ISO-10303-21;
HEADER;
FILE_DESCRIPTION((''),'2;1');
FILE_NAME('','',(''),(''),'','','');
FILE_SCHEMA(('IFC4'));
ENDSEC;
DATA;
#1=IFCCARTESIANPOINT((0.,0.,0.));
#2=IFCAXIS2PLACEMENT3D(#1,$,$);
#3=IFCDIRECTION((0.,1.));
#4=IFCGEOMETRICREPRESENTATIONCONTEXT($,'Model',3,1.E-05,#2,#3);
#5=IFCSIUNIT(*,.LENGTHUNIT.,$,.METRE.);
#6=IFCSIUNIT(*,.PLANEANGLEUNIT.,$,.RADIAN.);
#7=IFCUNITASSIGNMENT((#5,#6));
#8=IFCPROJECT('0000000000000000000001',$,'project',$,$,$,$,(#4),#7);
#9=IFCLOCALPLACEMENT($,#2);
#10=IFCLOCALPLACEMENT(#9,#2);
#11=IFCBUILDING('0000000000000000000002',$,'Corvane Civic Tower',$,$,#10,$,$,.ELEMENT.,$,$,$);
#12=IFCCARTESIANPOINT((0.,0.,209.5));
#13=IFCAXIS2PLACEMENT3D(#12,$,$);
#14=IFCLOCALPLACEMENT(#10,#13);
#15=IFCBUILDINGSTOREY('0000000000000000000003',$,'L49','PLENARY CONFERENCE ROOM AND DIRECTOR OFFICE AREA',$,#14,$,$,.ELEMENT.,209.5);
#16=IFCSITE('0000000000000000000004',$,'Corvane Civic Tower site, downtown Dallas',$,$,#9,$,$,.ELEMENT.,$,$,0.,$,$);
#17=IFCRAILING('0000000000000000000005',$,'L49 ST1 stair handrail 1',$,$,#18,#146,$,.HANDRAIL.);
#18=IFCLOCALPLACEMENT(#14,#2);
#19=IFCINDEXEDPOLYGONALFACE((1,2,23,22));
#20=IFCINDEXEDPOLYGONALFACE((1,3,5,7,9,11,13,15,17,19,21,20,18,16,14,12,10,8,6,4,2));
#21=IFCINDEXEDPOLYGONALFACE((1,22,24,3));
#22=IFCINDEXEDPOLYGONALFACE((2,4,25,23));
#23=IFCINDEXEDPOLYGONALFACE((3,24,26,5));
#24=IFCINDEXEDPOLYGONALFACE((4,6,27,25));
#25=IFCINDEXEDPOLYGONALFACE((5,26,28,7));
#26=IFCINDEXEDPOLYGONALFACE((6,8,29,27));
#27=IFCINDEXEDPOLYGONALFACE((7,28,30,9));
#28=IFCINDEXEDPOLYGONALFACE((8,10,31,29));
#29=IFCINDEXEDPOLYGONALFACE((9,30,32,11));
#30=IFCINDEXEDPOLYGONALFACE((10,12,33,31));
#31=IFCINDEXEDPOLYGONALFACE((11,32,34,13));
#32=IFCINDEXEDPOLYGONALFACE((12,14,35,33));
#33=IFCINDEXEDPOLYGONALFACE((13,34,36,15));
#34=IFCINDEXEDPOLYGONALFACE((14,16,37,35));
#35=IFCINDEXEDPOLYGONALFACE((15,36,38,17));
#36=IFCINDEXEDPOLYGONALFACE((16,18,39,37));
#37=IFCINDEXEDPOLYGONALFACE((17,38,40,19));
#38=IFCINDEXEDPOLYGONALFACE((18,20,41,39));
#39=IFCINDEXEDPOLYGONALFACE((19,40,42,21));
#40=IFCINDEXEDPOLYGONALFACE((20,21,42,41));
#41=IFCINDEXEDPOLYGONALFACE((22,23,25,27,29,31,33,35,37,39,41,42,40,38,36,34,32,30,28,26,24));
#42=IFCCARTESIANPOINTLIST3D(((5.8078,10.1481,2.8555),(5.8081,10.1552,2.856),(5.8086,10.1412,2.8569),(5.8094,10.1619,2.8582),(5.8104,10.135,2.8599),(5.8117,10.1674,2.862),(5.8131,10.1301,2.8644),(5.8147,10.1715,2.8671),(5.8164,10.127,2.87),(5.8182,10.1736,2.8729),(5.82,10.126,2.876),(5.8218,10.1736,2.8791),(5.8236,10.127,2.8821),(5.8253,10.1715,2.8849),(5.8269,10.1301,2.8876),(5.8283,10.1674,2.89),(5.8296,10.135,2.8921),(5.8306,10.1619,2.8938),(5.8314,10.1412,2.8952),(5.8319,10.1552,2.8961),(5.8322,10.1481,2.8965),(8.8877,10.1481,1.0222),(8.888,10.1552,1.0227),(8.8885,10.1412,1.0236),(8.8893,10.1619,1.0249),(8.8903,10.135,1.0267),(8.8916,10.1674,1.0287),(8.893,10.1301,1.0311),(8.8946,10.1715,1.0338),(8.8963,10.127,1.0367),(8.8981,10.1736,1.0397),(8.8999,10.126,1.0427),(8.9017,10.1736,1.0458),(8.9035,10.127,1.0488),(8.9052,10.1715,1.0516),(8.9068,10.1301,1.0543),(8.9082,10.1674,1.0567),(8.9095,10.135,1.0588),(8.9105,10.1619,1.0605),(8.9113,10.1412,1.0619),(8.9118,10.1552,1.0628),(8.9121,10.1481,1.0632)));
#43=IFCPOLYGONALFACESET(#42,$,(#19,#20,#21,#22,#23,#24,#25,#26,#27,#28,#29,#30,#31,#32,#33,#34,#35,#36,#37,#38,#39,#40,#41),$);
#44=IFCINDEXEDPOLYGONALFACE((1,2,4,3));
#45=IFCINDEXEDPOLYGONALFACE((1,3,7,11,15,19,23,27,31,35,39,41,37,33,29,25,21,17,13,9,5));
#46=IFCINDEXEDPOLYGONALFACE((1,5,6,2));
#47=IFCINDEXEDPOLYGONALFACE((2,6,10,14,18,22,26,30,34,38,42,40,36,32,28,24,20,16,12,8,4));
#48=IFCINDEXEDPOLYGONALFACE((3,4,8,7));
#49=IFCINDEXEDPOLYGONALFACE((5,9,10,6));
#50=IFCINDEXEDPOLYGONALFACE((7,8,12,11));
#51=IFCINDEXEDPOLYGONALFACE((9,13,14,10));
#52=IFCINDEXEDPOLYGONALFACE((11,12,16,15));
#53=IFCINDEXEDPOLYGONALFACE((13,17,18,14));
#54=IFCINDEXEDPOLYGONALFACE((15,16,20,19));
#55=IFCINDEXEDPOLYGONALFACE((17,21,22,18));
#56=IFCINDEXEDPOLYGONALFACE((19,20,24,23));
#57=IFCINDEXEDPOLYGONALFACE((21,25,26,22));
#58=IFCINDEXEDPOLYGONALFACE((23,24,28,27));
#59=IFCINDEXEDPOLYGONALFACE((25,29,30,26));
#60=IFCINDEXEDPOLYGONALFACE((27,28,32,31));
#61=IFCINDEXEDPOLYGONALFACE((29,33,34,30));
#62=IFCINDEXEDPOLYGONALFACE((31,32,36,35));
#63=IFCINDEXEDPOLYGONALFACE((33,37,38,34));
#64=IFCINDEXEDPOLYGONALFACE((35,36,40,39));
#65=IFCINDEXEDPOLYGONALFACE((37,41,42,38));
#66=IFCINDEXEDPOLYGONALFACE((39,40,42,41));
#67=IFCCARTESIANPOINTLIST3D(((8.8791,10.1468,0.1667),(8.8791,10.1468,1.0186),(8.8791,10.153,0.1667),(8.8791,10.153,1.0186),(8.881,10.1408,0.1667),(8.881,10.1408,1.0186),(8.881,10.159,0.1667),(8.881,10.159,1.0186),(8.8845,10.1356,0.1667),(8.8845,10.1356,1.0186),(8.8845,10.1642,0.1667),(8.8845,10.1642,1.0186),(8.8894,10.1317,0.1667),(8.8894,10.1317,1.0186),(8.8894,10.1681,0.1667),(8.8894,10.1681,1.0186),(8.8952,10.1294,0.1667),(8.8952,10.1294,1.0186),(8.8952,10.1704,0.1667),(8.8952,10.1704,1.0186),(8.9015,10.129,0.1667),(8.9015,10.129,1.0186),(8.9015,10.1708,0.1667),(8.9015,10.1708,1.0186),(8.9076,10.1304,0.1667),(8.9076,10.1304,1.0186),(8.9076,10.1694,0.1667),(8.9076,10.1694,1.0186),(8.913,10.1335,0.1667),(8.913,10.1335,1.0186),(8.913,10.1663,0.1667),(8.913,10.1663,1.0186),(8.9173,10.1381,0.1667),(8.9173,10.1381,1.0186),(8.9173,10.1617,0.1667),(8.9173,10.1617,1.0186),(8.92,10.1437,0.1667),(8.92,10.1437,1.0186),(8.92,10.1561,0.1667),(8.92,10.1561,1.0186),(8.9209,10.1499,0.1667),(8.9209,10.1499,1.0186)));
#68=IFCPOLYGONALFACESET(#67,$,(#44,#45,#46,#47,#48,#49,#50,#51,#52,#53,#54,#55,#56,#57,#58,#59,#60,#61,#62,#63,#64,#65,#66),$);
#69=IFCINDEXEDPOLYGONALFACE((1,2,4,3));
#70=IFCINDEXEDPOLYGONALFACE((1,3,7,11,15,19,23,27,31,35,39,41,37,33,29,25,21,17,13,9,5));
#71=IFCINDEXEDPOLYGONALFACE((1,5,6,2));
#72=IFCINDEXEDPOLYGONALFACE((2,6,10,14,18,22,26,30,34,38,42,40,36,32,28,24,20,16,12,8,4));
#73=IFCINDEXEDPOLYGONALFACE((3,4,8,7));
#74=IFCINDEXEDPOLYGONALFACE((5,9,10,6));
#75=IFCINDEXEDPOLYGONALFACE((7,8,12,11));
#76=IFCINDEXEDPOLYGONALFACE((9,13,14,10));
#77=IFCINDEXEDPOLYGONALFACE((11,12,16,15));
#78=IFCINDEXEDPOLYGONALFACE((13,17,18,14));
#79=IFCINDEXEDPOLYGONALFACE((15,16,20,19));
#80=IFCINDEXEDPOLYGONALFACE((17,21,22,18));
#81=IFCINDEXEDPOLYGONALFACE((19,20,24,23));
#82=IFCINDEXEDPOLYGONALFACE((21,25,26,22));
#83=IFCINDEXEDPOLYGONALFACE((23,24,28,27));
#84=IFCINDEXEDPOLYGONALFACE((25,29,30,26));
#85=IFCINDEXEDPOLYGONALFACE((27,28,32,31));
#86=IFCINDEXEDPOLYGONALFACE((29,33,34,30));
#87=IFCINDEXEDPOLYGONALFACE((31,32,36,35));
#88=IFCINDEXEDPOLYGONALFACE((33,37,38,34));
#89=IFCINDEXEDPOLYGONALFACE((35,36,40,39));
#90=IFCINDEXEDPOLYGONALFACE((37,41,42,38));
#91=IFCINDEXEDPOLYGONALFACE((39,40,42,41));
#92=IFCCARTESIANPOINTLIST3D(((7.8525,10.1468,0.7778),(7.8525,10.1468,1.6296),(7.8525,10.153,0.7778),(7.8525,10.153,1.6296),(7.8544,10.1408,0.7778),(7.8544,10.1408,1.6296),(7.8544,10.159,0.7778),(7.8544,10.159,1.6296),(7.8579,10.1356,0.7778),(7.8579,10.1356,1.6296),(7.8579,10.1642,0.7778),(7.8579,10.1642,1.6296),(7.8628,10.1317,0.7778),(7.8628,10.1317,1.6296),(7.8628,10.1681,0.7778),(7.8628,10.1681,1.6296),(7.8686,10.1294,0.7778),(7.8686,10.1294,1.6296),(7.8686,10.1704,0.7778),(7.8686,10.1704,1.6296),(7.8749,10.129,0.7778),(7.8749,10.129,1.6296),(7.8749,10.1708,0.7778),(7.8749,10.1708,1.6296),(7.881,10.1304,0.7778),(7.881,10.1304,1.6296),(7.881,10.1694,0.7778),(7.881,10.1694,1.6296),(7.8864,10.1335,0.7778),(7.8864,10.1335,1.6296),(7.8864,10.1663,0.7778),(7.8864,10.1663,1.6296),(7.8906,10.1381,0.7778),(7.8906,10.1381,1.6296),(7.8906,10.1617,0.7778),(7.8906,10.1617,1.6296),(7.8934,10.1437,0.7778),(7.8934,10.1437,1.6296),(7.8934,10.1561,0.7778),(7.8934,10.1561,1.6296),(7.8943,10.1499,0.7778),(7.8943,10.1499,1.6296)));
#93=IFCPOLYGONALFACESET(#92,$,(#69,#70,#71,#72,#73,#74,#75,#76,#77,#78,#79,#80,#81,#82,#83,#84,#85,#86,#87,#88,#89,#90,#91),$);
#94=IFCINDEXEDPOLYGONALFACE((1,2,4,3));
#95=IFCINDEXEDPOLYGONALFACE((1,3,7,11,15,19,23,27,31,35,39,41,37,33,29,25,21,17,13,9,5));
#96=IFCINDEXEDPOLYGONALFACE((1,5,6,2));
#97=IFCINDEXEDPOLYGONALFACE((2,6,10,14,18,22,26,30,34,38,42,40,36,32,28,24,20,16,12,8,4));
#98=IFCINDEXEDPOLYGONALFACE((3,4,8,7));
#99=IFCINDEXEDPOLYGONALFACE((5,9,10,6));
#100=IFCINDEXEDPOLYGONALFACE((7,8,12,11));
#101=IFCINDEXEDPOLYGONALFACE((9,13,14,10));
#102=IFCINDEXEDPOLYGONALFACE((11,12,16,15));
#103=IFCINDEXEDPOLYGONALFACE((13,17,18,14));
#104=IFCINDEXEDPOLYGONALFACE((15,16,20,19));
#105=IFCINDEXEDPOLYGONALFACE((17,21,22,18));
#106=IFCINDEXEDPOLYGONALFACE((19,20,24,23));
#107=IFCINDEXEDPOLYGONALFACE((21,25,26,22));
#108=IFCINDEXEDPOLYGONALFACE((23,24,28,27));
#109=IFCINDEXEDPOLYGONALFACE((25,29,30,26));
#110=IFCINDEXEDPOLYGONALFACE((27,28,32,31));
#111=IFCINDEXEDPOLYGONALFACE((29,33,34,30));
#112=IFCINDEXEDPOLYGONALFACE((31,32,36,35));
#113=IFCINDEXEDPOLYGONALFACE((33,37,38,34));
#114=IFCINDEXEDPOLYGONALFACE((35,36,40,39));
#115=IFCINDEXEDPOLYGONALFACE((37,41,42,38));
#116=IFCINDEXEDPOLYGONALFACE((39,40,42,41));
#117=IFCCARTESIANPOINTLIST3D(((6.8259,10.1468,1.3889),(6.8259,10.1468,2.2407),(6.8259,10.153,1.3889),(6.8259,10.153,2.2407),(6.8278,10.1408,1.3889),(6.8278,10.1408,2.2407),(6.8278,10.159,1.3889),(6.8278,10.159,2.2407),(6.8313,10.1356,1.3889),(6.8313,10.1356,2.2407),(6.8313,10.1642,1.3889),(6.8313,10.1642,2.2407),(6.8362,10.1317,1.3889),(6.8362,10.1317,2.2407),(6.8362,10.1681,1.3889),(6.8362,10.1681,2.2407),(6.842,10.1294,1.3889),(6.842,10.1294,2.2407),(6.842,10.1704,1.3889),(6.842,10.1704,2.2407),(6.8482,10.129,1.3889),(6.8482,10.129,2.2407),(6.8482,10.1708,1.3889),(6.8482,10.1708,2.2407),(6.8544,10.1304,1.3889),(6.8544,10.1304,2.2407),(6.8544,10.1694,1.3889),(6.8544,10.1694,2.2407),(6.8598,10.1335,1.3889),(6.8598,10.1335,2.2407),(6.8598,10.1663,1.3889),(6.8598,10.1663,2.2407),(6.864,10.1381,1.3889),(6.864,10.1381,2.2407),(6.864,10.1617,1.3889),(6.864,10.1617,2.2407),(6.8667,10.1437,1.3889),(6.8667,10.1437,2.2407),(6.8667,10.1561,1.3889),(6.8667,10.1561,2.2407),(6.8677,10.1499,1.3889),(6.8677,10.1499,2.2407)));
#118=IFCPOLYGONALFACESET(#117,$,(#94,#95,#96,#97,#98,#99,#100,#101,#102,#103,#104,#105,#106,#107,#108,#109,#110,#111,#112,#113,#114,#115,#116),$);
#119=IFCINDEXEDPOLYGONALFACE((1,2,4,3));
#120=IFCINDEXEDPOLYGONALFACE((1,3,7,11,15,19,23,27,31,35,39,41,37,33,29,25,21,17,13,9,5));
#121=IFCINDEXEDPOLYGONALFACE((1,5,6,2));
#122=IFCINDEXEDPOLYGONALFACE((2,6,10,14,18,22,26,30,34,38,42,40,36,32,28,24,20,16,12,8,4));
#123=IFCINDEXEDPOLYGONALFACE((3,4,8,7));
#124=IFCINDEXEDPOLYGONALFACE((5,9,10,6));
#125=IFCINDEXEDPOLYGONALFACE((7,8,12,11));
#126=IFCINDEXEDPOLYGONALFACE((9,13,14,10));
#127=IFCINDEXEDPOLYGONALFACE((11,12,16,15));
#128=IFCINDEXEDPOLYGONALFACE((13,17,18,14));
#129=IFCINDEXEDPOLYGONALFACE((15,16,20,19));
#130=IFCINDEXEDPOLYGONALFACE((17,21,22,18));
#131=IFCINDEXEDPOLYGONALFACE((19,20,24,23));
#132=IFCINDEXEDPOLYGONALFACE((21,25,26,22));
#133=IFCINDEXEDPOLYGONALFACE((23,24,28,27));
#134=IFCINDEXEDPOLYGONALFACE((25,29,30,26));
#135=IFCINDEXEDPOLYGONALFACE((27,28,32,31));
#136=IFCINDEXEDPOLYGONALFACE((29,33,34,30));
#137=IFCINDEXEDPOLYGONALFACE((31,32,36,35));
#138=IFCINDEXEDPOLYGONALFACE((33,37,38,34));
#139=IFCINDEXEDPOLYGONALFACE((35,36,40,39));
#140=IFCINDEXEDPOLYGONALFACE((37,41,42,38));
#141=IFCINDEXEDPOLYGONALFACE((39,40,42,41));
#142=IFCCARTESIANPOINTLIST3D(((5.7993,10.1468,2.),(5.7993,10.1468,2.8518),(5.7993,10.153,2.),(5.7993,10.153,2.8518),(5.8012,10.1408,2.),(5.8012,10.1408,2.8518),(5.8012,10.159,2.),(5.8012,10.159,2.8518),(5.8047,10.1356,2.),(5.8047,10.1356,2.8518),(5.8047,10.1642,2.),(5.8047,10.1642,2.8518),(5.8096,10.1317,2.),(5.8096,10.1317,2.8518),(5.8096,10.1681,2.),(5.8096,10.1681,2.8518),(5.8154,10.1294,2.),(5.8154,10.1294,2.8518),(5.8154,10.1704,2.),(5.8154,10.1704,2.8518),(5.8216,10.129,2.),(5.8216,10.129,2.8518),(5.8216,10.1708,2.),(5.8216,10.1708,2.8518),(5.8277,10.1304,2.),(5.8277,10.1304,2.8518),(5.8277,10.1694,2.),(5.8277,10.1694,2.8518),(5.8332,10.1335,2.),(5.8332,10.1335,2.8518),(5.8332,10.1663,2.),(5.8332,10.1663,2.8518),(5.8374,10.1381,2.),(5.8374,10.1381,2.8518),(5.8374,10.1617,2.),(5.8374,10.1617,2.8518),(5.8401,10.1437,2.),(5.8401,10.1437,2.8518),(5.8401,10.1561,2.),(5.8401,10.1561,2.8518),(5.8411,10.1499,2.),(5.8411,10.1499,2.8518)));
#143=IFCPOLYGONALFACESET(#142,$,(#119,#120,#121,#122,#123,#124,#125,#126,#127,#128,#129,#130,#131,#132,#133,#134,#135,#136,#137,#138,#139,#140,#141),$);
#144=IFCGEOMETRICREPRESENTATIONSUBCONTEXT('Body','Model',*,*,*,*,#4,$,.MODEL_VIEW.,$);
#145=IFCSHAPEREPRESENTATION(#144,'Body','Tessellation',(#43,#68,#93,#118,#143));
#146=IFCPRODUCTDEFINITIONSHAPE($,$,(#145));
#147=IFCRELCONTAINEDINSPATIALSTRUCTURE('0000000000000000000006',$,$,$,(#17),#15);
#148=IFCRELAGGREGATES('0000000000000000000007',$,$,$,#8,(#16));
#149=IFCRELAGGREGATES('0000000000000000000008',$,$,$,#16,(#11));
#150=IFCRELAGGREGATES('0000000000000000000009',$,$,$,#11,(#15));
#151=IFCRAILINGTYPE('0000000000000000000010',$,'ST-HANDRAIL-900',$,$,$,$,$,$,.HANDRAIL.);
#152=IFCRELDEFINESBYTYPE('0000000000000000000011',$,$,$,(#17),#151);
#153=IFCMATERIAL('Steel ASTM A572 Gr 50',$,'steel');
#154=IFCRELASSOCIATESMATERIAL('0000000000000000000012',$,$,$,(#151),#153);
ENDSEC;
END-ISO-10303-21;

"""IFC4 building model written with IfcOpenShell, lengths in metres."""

from ifc_helpers import new_model, si_unit, direction, frame, origin, origin_2d, place, context, subcontext, project, spatial, circle, extrude, material, type_object, element, save


model = new_model("IFC4")

# Units and contexts
model_context = context("Model", 3, precision=1e-05, world=origin(), true_north=direction((0.0, 1.0)))
body_context = subcontext(model_context, "Body", "Model", "MODEL_VIEW")
ifc_project = project(units=[si_unit("LENGTHUNIT", "METRE"), si_unit("PLANEANGLEUNIT", "RADIAN")], contexts=[model_context])

# Site, building, storey
site_placement = place(None, origin())
site = spatial("IfcSite", under=ifc_project, at=site_placement, Name="Corvane Civic Tower site, downtown Dallas", CompositionType="ELEMENT", RefElevation=0.0)
building_placement = place(site_placement, origin())
building = spatial("IfcBuilding", under=site, at=building_placement, Name="Corvane Civic Tower", CompositionType="ELEMENT")
storey_placement = place(building_placement, frame((0.0, 0.0, 209.5)))
storey = spatial("IfcBuildingStorey", under=building, at=storey_placement, Name="L49", Description="PLENARY CONFERENCE ROOM AND DIRECTOR OFFICE AREA", CompositionType="ELEMENT", Elevation=209.5)

# Railing
ifc_material_1 = material(Name="Steel ASTM A572 Gr 50", Category="steel")
railing_type = type_object("IfcRailingType", Name="ST-HANDRAIL-900", PredefinedType="HANDRAIL", material=ifc_material_1)
railing_placement = place(storey_placement, frame((8.8999, 10.1499, 0.1667)))
element("IfcRailing", 1, at=railing_placement, inside=storey, type_object=railing_type, Name="L49 ST1 stair handrail 1", PredefinedType="HANDRAIL", context=body_context, shape_type="SweptSolid", body=[
    extrude(circle(Radius=0.0239, at=origin_2d()), frame((0.0, 0.0, 0.876), z_axis=(-0.859291, 0.0, 0.511487), x_axis=(0.0, -1.0, 0.0)), (0.0, 0.0, 1.0), 3.5842),
    extrude(circle(Radius=0.021, at=origin_2d()), origin(), (0.0, 0.0, 1.0), 0.8518),
    extrude(circle(Radius=0.021, at=origin_2d()), frame((-1.0266, 0.0, 0.6111)), (0.0, 0.0, 1.0), 0.8518),
    extrude(circle(Radius=0.021, at=origin_2d()), frame((-2.0532, 0.0, 1.2222)), (0.0, 0.0, 1.0), 0.8518),
    extrude(circle(Radius=0.021, at=origin_2d()), frame((-3.0798, 0.0, 1.8333)), (0.0, 0.0, 1.0), 0.8518),
])

save(model, "model.ifc")
